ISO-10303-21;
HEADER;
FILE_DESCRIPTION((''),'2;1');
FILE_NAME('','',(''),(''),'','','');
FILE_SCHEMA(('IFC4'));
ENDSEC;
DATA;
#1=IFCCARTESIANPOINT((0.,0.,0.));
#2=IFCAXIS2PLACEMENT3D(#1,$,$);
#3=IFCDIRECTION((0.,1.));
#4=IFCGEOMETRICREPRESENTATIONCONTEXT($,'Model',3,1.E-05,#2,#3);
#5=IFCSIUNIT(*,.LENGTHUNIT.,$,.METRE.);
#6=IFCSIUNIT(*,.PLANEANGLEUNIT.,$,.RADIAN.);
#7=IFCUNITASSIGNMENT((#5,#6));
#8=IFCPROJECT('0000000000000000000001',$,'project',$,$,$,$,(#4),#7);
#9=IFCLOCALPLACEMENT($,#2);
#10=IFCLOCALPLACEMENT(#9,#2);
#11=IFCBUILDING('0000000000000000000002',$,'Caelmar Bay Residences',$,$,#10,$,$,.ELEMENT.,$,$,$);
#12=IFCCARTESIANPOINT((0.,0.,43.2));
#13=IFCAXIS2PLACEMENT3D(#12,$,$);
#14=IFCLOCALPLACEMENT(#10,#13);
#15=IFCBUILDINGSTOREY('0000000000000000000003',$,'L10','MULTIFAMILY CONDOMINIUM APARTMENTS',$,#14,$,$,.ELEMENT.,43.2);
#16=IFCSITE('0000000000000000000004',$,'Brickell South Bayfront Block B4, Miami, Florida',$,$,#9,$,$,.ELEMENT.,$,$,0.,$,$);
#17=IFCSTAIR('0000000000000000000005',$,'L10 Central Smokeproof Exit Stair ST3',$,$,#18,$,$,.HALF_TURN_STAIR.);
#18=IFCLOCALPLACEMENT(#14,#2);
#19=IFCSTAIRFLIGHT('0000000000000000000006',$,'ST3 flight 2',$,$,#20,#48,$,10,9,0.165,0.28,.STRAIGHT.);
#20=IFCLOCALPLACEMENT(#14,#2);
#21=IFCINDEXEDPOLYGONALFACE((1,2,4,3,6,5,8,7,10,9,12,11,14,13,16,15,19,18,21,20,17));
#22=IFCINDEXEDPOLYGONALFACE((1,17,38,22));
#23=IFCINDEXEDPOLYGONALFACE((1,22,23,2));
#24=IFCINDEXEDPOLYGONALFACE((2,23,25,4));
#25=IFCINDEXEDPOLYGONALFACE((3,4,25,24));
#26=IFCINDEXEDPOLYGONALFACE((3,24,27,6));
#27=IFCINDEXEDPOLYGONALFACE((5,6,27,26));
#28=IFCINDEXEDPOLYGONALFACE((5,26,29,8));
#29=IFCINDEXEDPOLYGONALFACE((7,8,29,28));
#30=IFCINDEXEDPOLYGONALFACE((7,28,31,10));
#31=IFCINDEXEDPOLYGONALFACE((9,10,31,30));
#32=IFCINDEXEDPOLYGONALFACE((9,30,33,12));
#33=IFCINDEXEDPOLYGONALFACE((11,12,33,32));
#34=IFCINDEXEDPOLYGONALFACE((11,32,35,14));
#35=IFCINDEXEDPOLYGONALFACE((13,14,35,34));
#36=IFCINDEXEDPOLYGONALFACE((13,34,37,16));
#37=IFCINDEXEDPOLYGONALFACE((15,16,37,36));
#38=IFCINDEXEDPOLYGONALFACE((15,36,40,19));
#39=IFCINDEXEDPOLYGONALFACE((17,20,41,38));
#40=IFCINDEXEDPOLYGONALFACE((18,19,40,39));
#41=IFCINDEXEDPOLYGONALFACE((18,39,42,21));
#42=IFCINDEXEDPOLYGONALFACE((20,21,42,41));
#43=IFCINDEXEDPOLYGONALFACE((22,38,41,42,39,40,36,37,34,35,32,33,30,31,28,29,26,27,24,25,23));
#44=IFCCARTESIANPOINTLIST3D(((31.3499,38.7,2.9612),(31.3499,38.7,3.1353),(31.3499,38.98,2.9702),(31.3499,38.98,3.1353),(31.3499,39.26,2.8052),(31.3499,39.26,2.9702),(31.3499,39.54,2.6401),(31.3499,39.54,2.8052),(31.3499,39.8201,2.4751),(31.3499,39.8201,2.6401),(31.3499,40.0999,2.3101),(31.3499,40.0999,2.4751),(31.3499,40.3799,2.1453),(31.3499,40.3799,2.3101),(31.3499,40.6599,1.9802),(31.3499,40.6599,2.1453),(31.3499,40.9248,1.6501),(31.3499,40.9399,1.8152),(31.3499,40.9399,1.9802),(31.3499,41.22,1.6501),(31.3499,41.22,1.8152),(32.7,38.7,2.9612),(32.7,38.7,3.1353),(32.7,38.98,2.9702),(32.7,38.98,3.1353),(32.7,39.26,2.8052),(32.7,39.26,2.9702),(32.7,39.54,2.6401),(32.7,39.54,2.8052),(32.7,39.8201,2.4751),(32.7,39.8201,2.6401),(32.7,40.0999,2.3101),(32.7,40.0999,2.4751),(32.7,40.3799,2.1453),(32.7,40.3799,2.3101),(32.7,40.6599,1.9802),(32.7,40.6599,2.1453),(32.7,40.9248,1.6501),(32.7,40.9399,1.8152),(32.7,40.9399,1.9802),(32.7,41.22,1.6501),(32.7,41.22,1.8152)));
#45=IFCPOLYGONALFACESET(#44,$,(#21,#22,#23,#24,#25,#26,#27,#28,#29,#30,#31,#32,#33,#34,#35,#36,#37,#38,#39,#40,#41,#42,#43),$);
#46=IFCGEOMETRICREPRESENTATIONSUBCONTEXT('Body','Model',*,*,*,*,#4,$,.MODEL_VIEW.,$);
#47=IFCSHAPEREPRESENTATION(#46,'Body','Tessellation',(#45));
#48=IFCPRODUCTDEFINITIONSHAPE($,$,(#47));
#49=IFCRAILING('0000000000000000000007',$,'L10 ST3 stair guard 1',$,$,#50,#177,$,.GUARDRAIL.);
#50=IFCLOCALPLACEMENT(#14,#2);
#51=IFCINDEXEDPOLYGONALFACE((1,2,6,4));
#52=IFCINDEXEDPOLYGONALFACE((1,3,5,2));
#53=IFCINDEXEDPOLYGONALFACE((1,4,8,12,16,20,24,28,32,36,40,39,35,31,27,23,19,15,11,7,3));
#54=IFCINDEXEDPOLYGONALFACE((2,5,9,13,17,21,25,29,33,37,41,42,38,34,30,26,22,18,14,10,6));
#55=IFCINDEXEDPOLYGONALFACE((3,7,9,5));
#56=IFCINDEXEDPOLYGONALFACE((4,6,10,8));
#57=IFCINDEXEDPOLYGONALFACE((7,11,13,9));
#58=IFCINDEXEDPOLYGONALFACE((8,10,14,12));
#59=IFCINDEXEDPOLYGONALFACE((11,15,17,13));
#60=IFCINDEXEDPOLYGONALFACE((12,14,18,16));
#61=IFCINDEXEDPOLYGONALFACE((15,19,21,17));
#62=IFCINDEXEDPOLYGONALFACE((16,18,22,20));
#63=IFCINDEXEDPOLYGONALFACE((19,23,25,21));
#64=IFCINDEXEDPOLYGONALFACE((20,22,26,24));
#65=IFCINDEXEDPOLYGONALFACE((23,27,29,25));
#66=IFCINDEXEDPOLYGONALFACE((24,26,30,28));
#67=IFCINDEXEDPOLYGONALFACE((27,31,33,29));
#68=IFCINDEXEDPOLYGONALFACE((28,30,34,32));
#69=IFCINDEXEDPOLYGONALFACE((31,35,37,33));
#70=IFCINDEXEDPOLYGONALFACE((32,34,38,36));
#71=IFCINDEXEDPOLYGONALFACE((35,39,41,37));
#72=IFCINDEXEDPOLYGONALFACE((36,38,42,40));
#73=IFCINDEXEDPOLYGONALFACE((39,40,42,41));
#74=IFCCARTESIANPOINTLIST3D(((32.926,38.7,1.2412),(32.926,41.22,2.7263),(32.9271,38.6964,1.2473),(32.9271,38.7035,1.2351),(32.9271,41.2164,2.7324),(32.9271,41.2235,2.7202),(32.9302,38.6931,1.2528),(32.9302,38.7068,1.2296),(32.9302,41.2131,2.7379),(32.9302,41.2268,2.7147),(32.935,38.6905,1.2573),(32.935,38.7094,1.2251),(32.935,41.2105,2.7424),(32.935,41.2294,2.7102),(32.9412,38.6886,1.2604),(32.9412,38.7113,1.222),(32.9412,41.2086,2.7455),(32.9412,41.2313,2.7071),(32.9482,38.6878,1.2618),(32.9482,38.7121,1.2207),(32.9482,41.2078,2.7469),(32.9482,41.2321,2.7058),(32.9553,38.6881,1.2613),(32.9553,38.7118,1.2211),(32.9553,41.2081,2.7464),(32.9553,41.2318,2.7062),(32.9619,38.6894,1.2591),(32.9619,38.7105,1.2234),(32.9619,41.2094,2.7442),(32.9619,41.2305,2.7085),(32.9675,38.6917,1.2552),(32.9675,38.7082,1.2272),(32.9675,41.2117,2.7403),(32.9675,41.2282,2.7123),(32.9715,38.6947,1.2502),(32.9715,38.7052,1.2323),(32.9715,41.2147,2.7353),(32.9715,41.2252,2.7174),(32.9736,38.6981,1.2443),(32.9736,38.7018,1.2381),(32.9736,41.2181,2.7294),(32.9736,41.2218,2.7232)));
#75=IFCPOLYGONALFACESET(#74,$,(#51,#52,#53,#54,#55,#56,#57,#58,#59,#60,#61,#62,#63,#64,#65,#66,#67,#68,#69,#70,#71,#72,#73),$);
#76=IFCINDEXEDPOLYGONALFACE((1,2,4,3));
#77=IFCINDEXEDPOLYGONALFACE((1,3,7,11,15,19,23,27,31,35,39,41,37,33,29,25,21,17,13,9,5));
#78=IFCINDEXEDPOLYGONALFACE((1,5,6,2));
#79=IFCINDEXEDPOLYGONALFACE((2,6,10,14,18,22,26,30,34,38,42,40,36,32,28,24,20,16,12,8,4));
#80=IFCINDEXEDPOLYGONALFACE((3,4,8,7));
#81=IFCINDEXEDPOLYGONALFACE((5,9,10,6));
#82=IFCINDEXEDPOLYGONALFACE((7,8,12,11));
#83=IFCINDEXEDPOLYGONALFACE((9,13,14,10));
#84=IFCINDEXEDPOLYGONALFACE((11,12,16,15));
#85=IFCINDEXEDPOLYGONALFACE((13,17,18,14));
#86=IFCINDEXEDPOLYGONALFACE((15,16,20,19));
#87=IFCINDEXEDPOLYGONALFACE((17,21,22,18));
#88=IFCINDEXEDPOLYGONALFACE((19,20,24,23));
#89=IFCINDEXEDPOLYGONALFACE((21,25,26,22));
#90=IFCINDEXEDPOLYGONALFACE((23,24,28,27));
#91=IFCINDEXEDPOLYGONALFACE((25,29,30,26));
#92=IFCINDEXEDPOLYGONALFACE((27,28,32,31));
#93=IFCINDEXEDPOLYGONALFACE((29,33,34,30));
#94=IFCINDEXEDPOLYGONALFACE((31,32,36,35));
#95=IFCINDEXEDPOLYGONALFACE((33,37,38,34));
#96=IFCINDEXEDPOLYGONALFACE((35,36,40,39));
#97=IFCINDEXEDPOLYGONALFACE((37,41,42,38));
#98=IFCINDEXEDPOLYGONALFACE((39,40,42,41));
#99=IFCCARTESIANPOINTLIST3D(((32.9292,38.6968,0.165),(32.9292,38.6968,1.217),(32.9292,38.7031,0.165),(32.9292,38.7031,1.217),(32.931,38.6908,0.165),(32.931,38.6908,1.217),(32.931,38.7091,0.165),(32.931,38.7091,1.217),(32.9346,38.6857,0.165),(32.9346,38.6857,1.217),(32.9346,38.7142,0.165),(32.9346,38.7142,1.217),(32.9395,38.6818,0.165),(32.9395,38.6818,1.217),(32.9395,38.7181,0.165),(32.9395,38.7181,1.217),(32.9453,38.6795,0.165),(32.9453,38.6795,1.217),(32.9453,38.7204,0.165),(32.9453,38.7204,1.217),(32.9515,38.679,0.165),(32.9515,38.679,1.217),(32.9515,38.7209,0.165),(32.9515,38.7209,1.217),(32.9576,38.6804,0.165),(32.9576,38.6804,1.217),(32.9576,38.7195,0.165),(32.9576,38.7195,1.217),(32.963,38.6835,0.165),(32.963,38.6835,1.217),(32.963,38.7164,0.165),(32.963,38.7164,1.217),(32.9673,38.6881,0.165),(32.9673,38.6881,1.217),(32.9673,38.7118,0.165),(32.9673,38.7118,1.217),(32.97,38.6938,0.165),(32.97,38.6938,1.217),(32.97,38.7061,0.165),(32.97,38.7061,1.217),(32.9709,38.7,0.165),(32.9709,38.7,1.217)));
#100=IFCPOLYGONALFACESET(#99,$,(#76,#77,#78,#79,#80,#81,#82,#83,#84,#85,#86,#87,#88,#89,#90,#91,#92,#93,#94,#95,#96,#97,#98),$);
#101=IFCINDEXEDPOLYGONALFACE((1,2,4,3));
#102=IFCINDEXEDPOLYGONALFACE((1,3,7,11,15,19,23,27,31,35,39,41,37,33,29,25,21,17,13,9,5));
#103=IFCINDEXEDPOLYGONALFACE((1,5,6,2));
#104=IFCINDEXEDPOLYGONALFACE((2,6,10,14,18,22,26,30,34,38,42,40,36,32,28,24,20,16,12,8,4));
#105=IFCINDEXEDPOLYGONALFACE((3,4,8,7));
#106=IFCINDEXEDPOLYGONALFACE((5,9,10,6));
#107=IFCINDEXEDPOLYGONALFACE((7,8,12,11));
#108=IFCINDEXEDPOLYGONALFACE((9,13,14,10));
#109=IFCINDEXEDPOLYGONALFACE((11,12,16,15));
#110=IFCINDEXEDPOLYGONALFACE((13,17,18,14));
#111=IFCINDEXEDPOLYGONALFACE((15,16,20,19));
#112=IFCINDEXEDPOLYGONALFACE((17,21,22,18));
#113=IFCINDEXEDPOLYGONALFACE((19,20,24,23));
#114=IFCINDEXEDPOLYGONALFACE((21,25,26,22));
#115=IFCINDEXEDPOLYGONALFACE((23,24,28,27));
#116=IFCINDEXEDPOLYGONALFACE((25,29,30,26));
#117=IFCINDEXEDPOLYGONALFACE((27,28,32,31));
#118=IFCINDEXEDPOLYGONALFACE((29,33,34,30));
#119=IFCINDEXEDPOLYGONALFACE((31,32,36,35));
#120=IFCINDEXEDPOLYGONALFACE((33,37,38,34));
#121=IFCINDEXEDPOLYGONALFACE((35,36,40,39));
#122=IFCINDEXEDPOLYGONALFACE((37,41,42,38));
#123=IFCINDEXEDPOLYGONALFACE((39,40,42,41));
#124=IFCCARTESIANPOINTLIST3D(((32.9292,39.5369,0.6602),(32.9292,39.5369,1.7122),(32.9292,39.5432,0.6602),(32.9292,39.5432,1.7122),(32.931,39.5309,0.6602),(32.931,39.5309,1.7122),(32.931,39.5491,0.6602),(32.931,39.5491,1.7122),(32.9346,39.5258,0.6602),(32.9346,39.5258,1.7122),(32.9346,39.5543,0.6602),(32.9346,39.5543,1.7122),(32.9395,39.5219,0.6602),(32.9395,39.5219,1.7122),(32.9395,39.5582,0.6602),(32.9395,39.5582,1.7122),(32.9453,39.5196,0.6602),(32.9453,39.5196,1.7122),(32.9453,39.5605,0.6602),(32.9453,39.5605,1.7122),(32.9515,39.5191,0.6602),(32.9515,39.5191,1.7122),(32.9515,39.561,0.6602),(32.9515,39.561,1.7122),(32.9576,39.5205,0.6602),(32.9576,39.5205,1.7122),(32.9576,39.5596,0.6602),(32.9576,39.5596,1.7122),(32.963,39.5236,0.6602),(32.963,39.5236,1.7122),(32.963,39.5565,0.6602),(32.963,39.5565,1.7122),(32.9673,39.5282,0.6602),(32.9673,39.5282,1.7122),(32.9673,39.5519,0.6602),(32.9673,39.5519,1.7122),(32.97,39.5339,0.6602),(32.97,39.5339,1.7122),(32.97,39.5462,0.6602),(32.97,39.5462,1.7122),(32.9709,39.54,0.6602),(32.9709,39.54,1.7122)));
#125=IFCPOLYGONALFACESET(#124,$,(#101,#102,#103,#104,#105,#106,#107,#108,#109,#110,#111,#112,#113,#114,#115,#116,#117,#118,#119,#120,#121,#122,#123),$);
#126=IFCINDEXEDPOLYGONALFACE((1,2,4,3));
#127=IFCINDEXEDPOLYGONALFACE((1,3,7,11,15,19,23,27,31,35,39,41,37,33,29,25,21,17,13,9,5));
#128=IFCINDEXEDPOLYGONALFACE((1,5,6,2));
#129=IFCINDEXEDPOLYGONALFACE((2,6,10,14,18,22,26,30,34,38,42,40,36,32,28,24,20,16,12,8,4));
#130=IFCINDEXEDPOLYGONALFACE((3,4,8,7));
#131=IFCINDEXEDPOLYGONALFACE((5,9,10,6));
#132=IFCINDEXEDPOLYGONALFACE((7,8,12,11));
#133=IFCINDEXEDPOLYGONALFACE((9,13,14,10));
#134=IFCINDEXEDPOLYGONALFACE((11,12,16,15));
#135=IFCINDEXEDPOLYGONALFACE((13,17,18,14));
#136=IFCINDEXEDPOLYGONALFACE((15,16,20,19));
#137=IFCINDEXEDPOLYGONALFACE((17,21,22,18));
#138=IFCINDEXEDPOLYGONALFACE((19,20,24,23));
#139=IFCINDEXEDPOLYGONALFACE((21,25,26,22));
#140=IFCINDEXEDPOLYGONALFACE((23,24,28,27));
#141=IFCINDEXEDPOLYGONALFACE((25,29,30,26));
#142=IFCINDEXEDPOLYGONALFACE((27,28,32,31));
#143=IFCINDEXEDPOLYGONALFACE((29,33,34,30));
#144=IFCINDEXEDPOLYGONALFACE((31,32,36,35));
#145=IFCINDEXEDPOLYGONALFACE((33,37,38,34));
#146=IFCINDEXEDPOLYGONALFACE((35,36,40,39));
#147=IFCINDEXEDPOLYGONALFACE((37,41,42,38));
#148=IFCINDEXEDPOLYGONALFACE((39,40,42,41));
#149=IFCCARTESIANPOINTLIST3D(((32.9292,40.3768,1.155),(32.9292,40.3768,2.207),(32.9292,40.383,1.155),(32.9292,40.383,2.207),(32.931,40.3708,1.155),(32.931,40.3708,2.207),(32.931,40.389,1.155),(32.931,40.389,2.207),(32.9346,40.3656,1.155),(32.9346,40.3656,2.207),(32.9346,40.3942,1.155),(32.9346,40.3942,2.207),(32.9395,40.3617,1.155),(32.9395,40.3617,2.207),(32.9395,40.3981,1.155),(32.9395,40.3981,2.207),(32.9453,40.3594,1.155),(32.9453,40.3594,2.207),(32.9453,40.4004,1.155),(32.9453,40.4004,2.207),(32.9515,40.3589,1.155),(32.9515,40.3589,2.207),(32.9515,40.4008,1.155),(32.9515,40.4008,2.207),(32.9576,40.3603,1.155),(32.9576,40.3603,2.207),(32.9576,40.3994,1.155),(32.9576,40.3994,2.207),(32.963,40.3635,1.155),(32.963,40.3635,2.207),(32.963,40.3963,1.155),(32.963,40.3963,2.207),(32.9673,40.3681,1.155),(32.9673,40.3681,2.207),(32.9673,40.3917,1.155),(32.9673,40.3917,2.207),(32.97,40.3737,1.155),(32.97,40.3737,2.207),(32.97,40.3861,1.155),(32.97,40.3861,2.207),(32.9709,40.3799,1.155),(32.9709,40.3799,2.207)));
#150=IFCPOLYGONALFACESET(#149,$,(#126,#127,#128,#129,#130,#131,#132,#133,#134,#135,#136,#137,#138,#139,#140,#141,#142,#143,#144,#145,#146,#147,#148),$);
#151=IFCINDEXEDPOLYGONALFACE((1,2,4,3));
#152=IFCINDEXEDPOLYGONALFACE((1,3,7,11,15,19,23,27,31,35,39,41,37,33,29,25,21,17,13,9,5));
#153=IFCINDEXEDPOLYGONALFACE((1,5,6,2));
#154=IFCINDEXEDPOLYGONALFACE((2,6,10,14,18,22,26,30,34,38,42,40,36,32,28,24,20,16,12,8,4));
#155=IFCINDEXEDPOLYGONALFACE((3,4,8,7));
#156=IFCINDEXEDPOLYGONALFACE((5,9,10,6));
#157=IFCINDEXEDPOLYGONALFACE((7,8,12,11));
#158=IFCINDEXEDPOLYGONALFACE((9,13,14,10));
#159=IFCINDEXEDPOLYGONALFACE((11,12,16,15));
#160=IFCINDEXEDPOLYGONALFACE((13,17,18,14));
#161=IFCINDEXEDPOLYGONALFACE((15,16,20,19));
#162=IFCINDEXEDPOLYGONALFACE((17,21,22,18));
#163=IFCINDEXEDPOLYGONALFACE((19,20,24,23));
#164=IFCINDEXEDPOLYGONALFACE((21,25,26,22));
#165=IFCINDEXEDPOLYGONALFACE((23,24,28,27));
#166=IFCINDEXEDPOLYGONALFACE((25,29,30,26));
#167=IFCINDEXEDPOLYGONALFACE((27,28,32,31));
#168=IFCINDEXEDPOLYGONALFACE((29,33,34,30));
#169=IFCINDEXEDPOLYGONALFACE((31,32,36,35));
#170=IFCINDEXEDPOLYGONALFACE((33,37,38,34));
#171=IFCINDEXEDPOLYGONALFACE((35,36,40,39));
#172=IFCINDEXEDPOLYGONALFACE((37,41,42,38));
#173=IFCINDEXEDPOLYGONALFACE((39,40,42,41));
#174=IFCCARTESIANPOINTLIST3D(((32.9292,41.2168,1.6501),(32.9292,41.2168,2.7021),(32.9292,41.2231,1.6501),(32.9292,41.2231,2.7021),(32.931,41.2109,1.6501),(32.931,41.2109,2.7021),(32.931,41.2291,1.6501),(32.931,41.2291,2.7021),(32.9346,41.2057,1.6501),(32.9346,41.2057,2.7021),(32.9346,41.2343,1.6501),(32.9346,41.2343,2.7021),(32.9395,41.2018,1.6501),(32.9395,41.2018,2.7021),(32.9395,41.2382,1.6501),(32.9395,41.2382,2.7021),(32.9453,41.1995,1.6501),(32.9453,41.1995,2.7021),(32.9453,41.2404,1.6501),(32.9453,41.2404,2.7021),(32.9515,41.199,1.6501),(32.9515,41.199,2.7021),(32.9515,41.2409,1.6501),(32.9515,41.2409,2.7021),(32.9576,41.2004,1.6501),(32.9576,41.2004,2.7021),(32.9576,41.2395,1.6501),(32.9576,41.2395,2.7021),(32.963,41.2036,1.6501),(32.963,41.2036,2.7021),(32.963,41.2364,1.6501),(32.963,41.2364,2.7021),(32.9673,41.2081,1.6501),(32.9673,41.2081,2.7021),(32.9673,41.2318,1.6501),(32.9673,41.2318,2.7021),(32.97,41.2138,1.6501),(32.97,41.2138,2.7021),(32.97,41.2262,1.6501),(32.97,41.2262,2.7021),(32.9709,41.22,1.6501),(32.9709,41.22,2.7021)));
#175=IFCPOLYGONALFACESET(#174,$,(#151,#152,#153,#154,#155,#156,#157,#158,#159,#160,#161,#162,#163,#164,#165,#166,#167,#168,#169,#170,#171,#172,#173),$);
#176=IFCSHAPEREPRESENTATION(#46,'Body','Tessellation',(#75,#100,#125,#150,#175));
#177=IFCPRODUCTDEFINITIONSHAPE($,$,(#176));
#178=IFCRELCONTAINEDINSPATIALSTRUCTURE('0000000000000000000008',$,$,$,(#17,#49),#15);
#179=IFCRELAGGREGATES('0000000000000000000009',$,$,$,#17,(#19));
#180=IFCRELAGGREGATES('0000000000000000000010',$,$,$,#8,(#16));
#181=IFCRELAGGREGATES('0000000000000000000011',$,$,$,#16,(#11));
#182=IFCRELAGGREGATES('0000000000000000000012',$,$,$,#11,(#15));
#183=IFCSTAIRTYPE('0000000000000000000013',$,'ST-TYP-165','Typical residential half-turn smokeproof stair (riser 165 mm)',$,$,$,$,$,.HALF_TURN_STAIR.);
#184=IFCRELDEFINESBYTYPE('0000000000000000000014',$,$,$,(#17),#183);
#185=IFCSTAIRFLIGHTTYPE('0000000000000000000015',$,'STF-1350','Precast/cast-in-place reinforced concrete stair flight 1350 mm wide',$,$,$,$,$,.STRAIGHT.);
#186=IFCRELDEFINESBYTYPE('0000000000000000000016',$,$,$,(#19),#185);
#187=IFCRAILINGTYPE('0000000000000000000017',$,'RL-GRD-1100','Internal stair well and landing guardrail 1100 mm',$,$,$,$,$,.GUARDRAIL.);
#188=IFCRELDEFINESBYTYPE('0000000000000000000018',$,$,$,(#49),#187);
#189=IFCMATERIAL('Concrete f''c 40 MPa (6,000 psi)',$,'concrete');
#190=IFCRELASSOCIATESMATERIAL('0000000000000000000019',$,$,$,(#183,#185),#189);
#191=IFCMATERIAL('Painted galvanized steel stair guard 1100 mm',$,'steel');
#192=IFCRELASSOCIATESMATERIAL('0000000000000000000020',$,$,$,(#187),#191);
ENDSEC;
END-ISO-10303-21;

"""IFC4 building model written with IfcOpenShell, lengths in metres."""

from ifc_helpers import new_model, si_unit, direction, frame, origin, origin_2d, place, context, subcontext, project, spatial, polyline, circle, outline, extrude, material, type_object, element, aggregate, save


model = new_model("IFC4")

# Units and contexts
model_context = context("Model", 3, precision=1e-05, world=origin(), true_north=direction((0.0, 1.0)))
body_context = subcontext(model_context, "Body", "Model", "MODEL_VIEW")
ifc_project = project(units=[si_unit("LENGTHUNIT", "METRE"), si_unit("PLANEANGLEUNIT", "RADIAN")], contexts=[model_context])

# Site, building, storey
site_placement = place(None, origin())
site = spatial("IfcSite", under=ifc_project, at=site_placement, Name="Brickell South Bayfront Block B4, Miami, Florida", CompositionType="ELEMENT", RefElevation=0.0)
building_placement = place(site_placement, origin())
building = spatial("IfcBuilding", under=site, at=building_placement, Name="Caelmar Bay Residences", CompositionType="ELEMENT")
storey_placement = place(building_placement, frame((0.0, 0.0, 43.2)))
storey = spatial("IfcBuildingStorey", under=building, at=storey_placement, Name="L10", Description="MULTIFAMILY CONDOMINIUM APARTMENTS", CompositionType="ELEMENT", Elevation=43.2)

# Stair, stair flight
ifc_material_1 = material(Name="Concrete f'c 40 MPa (6,000 psi)", Category="concrete")
stair_type = type_object("IfcStairType", Name="ST-TYP-165", Description="Typical residential half-turn smokeproof stair (riser 165 mm)", PredefinedType="HALF_TURN_STAIR", material=ifc_material_1)
stair_placement = place(storey_placement, origin())
stair = element("IfcStair", 1, at=stair_placement, inside=storey, type_object=stair_type, Name="L10 Central Smokeproof Exit Stair ST3", PredefinedType="HALF_TURN_STAIR")
stair_flight_type = type_object("IfcStairFlightType", Name="STF-1350", Description="Precast/cast-in-place reinforced concrete stair flight 1350 mm wide", PredefinedType="STRAIGHT", material=ifc_material_1)
stair_flight_1_placement = place(storey_placement, frame((32.0249, 41.22, 1.6501), z_axis=(0.0, 0.0, 1.0), x_axis=(0.0, -1.0, 0.0)))
stair_flight_1 = element("IfcStairFlight", 2, at=stair_flight_1_placement, type_object=stair_flight_type, Name="ST3 flight 2", NumberOfRisers=10, NumberOfTreads=9, PredefinedType="STRAIGHT", RiserHeight=0.165, TreadLength=0.28, context=body_context, shape_type="SweptSolid", body=[
    extrude(outline(polyline([(0.0, 0.0), (0.0, 0.165), (0.28, 0.165), (0.28, 0.3301), (0.5601, 0.3301), (0.5601, 0.4951), (0.8401, 0.4951), (0.8401, 0.6599), (1.1201, 0.6599), (1.1201, 0.825), (1.3999, 0.825), (1.3999, 0.99), (1.6799, 0.99), (1.6799, 1.155), (1.96, 1.155), (1.96, 1.3201), (2.24, 1.3201), (2.24, 1.4851), (2.52, 1.4851), (2.52, 1.6499), (2.52, 1.311), (0.2952, 0.0), (0.0, 0.0)])), frame((0.0, 0.675, 0.0), z_axis=(0.0, -1.0, 0.0), x_axis=(1.0, 0.0, 0.0)), (0.0, 0.0, 1.0), 1.3501),
])
aggregate(stair, [stair_flight_1])

# Railing
ifc_material_2 = material(Name="Painted galvanized steel stair guard 1100 mm", Category="steel")
railing_type_1 = type_object("IfcRailingType", Name="RL-GRD-1100", Description="Internal stair well and landing guardrail 1100 mm", PredefinedType="GUARDRAIL", material=ifc_material_2)
railing_1_placement = place(storey_placement, frame((32.95, 38.7, 0.165)))
element("IfcRailing", 3, at=railing_1_placement, inside=storey, type_object=railing_type_1, Name="L10 ST3 stair guard 1", PredefinedType="GUARDRAIL", context=body_context, shape_type="SweptSolid", body=[
    extrude(circle(Radius=0.0239, at=origin_2d()), frame((0.0, 0.0, 1.0762), z_axis=(0.0, 0.861524, 0.507717), x_axis=(-1.0, 0.0, 0.0)), (0.0, 0.0, 1.0), 2.925),
    extrude(circle(Radius=0.021, at=origin_2d()), origin(), (0.0, 0.0, 1.0), 1.052),
    extrude(circle(Radius=0.021, at=origin_2d()), frame((0.0, 0.8401, 0.4951)), (0.0, 0.0, 1.0), 1.052),
    extrude(circle(Radius=0.021, at=origin_2d()), frame((0.0, 1.6799, 0.99)), (0.0, 0.0, 1.0), 1.052),
    extrude(circle(Radius=0.021, at=origin_2d()), frame((0.0, 2.52, 1.4851)), (0.0, 0.0, 1.0), 1.052),
])

save(model, "model.ifc")
